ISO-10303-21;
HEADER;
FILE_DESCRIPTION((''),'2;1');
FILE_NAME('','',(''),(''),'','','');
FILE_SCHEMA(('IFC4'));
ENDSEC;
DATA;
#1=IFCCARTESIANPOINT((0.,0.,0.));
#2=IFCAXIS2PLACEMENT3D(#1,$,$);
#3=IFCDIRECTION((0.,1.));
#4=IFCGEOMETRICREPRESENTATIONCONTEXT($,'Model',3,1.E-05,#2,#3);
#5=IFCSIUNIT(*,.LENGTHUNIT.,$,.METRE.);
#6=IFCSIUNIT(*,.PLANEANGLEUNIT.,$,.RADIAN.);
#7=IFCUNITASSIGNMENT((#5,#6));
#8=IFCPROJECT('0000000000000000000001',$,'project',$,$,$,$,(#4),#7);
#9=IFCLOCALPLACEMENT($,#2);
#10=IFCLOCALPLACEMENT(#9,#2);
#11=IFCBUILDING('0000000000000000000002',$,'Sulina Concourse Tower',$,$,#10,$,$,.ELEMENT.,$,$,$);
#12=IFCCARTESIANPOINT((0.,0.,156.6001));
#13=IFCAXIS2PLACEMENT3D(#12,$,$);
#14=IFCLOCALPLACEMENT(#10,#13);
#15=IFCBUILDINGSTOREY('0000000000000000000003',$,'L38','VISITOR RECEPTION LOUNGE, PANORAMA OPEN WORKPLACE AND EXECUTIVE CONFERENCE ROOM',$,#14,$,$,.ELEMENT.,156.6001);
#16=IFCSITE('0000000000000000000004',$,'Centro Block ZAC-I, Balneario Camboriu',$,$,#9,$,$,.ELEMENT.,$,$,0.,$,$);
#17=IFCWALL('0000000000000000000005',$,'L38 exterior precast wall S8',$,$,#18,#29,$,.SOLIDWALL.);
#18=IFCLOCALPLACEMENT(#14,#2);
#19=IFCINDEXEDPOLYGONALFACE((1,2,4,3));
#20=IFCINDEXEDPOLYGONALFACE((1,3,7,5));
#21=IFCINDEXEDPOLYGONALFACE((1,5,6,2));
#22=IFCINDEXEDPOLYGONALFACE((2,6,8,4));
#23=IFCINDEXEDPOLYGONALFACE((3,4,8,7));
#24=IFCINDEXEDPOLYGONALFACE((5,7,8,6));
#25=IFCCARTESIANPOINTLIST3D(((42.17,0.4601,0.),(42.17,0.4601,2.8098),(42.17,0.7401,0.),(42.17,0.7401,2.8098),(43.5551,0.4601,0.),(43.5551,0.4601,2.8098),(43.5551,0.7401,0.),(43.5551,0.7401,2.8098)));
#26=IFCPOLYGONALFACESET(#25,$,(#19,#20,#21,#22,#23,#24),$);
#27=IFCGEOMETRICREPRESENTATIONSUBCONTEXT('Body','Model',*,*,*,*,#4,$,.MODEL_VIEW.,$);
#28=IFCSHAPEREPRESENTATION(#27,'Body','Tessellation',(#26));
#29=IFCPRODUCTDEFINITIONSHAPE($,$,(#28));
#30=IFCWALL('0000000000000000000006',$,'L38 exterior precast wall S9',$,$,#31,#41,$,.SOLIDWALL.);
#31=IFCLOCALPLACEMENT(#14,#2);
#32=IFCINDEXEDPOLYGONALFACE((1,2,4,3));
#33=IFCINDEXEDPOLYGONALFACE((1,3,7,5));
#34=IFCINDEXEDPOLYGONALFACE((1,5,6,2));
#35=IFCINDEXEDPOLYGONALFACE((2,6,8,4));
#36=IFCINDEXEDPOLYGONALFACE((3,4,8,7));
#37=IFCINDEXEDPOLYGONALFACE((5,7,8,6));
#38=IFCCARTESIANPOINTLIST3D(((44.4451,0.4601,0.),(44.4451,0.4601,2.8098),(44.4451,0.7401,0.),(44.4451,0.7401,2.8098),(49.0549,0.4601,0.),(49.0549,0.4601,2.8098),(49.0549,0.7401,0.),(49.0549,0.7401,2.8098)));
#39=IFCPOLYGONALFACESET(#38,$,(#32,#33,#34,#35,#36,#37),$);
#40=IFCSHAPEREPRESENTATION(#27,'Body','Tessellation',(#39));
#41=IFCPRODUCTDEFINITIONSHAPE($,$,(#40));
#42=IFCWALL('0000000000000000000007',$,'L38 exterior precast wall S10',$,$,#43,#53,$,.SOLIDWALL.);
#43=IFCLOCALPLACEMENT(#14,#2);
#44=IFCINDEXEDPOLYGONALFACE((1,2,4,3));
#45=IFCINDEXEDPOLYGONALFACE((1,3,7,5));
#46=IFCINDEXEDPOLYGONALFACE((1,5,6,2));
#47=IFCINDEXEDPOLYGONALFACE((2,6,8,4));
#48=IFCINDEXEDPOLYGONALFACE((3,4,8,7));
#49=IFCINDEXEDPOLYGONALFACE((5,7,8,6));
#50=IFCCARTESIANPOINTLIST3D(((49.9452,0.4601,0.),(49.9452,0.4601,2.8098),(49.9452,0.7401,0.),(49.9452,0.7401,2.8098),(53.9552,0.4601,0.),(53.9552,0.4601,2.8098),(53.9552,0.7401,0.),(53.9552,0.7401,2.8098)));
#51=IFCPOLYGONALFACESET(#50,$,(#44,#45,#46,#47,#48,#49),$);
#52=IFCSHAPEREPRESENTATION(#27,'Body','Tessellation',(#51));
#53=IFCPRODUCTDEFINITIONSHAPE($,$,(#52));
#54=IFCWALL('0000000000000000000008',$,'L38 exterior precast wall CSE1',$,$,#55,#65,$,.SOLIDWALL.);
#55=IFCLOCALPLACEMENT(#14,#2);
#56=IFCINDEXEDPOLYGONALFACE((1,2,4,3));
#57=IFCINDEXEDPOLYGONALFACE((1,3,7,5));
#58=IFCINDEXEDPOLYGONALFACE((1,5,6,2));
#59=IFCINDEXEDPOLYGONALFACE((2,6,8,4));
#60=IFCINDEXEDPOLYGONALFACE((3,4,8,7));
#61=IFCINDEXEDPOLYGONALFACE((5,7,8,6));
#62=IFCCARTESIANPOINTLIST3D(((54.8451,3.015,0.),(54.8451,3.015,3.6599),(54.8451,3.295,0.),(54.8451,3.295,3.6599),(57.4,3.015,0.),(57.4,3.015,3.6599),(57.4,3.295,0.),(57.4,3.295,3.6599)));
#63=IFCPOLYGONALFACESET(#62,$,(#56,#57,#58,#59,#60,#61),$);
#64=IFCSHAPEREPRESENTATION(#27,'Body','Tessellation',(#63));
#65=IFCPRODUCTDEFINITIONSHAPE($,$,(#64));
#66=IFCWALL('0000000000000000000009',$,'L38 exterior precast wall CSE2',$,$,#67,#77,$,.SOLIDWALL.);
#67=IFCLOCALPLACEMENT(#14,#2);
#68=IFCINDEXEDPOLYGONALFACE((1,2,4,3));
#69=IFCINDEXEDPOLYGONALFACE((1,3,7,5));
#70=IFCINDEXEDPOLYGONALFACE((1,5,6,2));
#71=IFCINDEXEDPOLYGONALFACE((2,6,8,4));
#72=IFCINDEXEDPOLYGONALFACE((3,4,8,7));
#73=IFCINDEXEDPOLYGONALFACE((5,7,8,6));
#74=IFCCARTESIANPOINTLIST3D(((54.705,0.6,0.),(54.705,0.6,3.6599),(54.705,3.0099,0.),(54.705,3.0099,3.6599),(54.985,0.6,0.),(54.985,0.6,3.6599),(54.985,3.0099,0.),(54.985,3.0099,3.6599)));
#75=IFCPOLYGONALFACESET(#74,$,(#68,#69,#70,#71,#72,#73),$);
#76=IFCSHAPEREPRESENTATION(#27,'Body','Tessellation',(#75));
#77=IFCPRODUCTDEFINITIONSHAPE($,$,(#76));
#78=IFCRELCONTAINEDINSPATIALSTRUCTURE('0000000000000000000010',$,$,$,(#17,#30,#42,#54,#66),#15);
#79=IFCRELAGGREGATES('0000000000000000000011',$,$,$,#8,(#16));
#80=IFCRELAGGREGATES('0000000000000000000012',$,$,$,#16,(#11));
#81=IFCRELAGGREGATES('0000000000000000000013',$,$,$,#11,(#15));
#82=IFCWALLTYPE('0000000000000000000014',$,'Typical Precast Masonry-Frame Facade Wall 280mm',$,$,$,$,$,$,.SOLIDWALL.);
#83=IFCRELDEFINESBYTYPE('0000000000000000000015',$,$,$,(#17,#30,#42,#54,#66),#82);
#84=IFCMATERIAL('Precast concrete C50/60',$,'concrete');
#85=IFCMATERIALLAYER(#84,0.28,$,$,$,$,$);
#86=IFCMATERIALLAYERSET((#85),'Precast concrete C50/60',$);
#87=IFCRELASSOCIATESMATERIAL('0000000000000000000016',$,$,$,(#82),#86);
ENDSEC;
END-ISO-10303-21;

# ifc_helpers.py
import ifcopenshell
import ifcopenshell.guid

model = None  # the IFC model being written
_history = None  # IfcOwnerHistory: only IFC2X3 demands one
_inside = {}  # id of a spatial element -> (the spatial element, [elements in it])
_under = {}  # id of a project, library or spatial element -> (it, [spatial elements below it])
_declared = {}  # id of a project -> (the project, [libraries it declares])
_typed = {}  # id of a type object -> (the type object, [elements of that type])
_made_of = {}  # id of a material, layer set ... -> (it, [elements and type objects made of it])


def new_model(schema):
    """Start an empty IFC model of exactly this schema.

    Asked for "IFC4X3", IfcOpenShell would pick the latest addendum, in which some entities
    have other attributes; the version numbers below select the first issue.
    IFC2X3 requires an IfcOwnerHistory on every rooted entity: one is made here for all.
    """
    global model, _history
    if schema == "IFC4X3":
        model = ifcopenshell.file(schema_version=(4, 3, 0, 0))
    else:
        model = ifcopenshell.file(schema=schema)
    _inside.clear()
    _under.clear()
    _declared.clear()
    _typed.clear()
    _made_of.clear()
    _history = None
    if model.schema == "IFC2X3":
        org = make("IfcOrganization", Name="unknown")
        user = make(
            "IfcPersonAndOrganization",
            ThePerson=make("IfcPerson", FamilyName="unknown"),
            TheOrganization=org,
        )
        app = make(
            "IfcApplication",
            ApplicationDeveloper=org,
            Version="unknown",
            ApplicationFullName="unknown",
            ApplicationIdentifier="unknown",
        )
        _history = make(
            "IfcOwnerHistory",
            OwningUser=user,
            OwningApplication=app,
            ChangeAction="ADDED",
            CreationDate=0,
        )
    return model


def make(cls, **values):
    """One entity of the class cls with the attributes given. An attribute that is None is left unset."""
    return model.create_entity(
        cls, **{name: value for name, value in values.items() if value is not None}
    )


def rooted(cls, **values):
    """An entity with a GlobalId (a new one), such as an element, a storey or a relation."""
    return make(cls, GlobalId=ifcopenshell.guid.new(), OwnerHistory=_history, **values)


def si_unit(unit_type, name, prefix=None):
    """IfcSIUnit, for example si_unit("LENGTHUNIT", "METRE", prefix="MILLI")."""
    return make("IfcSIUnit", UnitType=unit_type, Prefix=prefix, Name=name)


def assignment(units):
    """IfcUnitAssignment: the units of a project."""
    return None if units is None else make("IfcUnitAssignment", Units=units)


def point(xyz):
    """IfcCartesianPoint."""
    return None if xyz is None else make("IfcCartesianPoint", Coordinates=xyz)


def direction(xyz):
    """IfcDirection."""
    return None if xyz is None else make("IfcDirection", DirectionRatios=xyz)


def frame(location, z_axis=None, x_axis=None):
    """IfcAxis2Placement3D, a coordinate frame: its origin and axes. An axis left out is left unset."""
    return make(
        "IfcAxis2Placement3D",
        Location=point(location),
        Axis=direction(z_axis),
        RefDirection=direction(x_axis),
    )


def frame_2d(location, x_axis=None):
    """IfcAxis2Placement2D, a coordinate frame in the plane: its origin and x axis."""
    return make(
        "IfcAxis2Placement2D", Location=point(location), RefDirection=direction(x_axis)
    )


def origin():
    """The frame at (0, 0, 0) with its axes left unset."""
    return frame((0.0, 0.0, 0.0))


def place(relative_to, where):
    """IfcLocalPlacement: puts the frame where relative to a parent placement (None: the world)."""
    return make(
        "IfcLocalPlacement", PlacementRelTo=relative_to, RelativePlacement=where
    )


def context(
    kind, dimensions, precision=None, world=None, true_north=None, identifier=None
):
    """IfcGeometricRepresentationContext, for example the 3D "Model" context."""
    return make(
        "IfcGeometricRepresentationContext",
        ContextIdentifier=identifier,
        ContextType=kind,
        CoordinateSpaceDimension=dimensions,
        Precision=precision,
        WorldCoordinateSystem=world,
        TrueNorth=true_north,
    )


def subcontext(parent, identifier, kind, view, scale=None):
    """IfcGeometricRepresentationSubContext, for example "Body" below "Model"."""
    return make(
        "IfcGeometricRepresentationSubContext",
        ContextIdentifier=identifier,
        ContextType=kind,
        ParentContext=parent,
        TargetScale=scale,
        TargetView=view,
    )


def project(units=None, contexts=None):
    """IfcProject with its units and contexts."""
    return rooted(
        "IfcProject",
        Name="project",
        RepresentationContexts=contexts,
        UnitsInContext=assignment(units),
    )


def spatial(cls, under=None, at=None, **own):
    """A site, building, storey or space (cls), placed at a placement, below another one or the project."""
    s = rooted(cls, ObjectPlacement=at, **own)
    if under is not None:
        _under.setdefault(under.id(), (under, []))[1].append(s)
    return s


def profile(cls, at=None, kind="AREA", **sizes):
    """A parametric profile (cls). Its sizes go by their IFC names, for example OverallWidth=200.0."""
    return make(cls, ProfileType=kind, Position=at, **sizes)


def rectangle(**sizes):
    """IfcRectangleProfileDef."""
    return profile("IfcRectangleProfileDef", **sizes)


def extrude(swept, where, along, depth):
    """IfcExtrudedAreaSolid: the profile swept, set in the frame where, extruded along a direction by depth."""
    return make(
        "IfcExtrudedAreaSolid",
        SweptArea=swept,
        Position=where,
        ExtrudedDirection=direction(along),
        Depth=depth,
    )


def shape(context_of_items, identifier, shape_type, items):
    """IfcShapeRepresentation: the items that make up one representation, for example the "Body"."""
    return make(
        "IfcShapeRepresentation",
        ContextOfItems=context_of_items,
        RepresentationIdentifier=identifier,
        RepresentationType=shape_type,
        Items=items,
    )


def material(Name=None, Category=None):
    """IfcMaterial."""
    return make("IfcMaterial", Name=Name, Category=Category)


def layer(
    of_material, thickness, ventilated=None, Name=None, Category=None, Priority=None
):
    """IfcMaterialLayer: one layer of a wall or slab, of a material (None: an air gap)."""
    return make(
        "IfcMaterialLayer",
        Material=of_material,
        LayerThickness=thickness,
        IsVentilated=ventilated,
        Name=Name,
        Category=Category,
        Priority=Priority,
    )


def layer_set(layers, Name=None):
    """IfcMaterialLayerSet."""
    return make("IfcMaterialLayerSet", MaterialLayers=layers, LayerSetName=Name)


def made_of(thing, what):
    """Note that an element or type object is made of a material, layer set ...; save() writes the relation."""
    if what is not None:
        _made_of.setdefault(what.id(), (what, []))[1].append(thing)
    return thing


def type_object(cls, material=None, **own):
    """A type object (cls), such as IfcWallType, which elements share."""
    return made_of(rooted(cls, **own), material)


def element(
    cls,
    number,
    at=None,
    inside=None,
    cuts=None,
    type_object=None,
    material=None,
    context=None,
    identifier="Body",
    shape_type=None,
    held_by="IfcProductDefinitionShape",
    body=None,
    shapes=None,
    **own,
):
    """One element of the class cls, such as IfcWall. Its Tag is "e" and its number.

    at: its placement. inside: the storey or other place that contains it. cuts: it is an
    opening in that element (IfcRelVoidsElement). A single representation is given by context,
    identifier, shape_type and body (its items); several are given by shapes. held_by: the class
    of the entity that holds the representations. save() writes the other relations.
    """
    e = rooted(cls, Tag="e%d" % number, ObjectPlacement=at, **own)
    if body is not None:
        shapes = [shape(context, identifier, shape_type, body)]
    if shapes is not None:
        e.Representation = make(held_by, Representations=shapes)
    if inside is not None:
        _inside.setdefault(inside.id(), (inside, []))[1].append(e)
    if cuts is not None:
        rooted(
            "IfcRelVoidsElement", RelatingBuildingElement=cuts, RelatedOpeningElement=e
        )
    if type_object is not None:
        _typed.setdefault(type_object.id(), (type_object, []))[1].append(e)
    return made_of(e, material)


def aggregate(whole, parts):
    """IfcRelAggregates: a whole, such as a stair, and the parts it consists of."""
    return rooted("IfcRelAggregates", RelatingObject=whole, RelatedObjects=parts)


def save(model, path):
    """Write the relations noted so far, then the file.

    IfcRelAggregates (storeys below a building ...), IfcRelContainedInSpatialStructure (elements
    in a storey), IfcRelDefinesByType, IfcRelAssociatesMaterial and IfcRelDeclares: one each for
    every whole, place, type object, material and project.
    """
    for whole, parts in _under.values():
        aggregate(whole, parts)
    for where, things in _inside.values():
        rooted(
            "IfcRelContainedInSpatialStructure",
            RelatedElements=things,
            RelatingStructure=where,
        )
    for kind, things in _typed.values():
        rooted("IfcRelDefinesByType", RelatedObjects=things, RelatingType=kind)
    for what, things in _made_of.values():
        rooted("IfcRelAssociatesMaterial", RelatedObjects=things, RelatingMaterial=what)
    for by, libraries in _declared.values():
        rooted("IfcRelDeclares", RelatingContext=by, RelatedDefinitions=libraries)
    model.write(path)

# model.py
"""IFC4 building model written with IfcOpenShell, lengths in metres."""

from ifc_helpers import new_model, si_unit, direction, frame, frame_2d, origin, place, context, subcontext, project, spatial, rectangle, extrude, material, layer, layer_set, type_object, element, save


model = new_model("IFC4")

# Units and contexts
model_context = context("Model", 3, precision=1e-05, world=origin(), true_north=direction((0.0, 1.0)))
body_context = subcontext(model_context, "Body", "Model", "MODEL_VIEW")
ifc_project = project(units=[si_unit("LENGTHUNIT", "METRE"), si_unit("PLANEANGLEUNIT", "RADIAN")], contexts=[model_context])

# Site, building, storey
site_placement = place(None, origin())
site = spatial("IfcSite", under=ifc_project, at=site_placement, Name="Centro Block ZAC-I, Balneario Camboriu", CompositionType="ELEMENT", RefElevation=0.0)
building_placement = place(site_placement, origin())
building = spatial("IfcBuilding", under=site, at=building_placement, Name="Sulina Concourse Tower", CompositionType="ELEMENT")
storey_placement = place(building_placement, frame((0.0, 0.0, 156.6001)))
storey = spatial("IfcBuildingStorey", under=building, at=storey_placement, Name="L38", Description="VISITOR RECEPTION LOUNGE, PANORAMA OPEN WORKPLACE AND EXECUTIVE CONFERENCE ROOM", CompositionType="ELEMENT", Elevation=156.6001)

# Walls
ifc_material_1 = material(Name="Precast concrete C50/60", Category="concrete")
ifc_layer_1 = layer(ifc_material_1, 0.28)
ifc_layer_set_1 = layer_set([ifc_layer_1], Name="Precast concrete C50/60")
wall_type_1 = type_object("IfcWallType", Name="Typical Precast Masonry-Frame Facade Wall 280mm", PredefinedType="SOLIDWALL", material=ifc_layer_set_1)
wall_1_placement = place(storey_placement, frame((43.5549, 0.6001, 0.0), z_axis=(0.0, 0.0, 1.0), x_axis=(-1.0, 0.0, 0.0)))
element("IfcWall", 1, at=wall_1_placement, inside=storey, type_object=wall_type_1, Name="L38 exterior precast wall S8", PredefinedType="SOLIDWALL", context=body_context, shape_type="SweptSolid", body=[
    extrude(rectangle(XDim=1.385, YDim=0.28, at=frame_2d((0.6924, 0.0))), origin(), (0.0, 0.0, 1.0), 2.8098),
])
wall_2_placement = place(storey_placement, frame((49.0549, 0.6001, 0.0), z_axis=(0.0, 0.0, 1.0), x_axis=(-1.0, 0.0, 0.0)))
element("IfcWall", 2, at=wall_2_placement, inside=storey, type_object=wall_type_1, Name="L38 exterior precast wall S9", PredefinedType="SOLIDWALL", context=body_context, shape_type="SweptSolid", body=[
    extrude(rectangle(XDim=4.6099, YDim=0.28, at=frame_2d((2.3049, 0.0))), origin(), (0.0, 0.0, 1.0), 2.8098),
])
wall_3_placement = place(storey_placement, frame((53.9551, 0.6001, 0.0), z_axis=(0.0, 0.0, 1.0), x_axis=(-1.0, 0.0, 0.0)))
element("IfcWall", 3, at=wall_3_placement, inside=storey, type_object=wall_type_1, Name="L38 exterior precast wall S10", PredefinedType="SOLIDWALL", context=body_context, shape_type="SweptSolid", body=[
    extrude(rectangle(XDim=4.01, YDim=0.28, at=frame_2d((2.0049, 0.0))), origin(), (0.0, 0.0, 1.0), 2.8098),
])
wall_4_placement = place(storey_placement, frame((57.3999, 3.155, 0.0), z_axis=(0.0, 0.0, 1.0), x_axis=(-1.0, 0.0, 0.0)))
element("IfcWall", 4, at=wall_4_placement, inside=storey, type_object=wall_type_1, Name="L38 exterior precast wall CSE1", PredefinedType="SOLIDWALL", context=body_context, shape_type="SweptSolid", body=[
    extrude(rectangle(XDim=2.5549, YDim=0.28, at=frame_2d((1.2773, 0.0))), origin(), (0.0, 0.0, 1.0), 3.6599),
])
wall_5_placement = place(storey_placement, frame((54.845, 3.01, 0.0), z_axis=(0.0, 0.0, 1.0), x_axis=(0.0, -1.0, 0.0)))
element("IfcWall", 5, at=wall_5_placement, inside=storey, type_object=wall_type_1, Name="L38 exterior precast wall CSE2", PredefinedType="SOLIDWALL", context=body_context, shape_type="SweptSolid", body=[
    extrude(rectangle(XDim=2.4099, YDim=0.28, at=frame_2d((1.2051, 0.0))), origin(), (0.0, 0.0, 1.0), 3.6599),
])

save(model, "model.ifc")
